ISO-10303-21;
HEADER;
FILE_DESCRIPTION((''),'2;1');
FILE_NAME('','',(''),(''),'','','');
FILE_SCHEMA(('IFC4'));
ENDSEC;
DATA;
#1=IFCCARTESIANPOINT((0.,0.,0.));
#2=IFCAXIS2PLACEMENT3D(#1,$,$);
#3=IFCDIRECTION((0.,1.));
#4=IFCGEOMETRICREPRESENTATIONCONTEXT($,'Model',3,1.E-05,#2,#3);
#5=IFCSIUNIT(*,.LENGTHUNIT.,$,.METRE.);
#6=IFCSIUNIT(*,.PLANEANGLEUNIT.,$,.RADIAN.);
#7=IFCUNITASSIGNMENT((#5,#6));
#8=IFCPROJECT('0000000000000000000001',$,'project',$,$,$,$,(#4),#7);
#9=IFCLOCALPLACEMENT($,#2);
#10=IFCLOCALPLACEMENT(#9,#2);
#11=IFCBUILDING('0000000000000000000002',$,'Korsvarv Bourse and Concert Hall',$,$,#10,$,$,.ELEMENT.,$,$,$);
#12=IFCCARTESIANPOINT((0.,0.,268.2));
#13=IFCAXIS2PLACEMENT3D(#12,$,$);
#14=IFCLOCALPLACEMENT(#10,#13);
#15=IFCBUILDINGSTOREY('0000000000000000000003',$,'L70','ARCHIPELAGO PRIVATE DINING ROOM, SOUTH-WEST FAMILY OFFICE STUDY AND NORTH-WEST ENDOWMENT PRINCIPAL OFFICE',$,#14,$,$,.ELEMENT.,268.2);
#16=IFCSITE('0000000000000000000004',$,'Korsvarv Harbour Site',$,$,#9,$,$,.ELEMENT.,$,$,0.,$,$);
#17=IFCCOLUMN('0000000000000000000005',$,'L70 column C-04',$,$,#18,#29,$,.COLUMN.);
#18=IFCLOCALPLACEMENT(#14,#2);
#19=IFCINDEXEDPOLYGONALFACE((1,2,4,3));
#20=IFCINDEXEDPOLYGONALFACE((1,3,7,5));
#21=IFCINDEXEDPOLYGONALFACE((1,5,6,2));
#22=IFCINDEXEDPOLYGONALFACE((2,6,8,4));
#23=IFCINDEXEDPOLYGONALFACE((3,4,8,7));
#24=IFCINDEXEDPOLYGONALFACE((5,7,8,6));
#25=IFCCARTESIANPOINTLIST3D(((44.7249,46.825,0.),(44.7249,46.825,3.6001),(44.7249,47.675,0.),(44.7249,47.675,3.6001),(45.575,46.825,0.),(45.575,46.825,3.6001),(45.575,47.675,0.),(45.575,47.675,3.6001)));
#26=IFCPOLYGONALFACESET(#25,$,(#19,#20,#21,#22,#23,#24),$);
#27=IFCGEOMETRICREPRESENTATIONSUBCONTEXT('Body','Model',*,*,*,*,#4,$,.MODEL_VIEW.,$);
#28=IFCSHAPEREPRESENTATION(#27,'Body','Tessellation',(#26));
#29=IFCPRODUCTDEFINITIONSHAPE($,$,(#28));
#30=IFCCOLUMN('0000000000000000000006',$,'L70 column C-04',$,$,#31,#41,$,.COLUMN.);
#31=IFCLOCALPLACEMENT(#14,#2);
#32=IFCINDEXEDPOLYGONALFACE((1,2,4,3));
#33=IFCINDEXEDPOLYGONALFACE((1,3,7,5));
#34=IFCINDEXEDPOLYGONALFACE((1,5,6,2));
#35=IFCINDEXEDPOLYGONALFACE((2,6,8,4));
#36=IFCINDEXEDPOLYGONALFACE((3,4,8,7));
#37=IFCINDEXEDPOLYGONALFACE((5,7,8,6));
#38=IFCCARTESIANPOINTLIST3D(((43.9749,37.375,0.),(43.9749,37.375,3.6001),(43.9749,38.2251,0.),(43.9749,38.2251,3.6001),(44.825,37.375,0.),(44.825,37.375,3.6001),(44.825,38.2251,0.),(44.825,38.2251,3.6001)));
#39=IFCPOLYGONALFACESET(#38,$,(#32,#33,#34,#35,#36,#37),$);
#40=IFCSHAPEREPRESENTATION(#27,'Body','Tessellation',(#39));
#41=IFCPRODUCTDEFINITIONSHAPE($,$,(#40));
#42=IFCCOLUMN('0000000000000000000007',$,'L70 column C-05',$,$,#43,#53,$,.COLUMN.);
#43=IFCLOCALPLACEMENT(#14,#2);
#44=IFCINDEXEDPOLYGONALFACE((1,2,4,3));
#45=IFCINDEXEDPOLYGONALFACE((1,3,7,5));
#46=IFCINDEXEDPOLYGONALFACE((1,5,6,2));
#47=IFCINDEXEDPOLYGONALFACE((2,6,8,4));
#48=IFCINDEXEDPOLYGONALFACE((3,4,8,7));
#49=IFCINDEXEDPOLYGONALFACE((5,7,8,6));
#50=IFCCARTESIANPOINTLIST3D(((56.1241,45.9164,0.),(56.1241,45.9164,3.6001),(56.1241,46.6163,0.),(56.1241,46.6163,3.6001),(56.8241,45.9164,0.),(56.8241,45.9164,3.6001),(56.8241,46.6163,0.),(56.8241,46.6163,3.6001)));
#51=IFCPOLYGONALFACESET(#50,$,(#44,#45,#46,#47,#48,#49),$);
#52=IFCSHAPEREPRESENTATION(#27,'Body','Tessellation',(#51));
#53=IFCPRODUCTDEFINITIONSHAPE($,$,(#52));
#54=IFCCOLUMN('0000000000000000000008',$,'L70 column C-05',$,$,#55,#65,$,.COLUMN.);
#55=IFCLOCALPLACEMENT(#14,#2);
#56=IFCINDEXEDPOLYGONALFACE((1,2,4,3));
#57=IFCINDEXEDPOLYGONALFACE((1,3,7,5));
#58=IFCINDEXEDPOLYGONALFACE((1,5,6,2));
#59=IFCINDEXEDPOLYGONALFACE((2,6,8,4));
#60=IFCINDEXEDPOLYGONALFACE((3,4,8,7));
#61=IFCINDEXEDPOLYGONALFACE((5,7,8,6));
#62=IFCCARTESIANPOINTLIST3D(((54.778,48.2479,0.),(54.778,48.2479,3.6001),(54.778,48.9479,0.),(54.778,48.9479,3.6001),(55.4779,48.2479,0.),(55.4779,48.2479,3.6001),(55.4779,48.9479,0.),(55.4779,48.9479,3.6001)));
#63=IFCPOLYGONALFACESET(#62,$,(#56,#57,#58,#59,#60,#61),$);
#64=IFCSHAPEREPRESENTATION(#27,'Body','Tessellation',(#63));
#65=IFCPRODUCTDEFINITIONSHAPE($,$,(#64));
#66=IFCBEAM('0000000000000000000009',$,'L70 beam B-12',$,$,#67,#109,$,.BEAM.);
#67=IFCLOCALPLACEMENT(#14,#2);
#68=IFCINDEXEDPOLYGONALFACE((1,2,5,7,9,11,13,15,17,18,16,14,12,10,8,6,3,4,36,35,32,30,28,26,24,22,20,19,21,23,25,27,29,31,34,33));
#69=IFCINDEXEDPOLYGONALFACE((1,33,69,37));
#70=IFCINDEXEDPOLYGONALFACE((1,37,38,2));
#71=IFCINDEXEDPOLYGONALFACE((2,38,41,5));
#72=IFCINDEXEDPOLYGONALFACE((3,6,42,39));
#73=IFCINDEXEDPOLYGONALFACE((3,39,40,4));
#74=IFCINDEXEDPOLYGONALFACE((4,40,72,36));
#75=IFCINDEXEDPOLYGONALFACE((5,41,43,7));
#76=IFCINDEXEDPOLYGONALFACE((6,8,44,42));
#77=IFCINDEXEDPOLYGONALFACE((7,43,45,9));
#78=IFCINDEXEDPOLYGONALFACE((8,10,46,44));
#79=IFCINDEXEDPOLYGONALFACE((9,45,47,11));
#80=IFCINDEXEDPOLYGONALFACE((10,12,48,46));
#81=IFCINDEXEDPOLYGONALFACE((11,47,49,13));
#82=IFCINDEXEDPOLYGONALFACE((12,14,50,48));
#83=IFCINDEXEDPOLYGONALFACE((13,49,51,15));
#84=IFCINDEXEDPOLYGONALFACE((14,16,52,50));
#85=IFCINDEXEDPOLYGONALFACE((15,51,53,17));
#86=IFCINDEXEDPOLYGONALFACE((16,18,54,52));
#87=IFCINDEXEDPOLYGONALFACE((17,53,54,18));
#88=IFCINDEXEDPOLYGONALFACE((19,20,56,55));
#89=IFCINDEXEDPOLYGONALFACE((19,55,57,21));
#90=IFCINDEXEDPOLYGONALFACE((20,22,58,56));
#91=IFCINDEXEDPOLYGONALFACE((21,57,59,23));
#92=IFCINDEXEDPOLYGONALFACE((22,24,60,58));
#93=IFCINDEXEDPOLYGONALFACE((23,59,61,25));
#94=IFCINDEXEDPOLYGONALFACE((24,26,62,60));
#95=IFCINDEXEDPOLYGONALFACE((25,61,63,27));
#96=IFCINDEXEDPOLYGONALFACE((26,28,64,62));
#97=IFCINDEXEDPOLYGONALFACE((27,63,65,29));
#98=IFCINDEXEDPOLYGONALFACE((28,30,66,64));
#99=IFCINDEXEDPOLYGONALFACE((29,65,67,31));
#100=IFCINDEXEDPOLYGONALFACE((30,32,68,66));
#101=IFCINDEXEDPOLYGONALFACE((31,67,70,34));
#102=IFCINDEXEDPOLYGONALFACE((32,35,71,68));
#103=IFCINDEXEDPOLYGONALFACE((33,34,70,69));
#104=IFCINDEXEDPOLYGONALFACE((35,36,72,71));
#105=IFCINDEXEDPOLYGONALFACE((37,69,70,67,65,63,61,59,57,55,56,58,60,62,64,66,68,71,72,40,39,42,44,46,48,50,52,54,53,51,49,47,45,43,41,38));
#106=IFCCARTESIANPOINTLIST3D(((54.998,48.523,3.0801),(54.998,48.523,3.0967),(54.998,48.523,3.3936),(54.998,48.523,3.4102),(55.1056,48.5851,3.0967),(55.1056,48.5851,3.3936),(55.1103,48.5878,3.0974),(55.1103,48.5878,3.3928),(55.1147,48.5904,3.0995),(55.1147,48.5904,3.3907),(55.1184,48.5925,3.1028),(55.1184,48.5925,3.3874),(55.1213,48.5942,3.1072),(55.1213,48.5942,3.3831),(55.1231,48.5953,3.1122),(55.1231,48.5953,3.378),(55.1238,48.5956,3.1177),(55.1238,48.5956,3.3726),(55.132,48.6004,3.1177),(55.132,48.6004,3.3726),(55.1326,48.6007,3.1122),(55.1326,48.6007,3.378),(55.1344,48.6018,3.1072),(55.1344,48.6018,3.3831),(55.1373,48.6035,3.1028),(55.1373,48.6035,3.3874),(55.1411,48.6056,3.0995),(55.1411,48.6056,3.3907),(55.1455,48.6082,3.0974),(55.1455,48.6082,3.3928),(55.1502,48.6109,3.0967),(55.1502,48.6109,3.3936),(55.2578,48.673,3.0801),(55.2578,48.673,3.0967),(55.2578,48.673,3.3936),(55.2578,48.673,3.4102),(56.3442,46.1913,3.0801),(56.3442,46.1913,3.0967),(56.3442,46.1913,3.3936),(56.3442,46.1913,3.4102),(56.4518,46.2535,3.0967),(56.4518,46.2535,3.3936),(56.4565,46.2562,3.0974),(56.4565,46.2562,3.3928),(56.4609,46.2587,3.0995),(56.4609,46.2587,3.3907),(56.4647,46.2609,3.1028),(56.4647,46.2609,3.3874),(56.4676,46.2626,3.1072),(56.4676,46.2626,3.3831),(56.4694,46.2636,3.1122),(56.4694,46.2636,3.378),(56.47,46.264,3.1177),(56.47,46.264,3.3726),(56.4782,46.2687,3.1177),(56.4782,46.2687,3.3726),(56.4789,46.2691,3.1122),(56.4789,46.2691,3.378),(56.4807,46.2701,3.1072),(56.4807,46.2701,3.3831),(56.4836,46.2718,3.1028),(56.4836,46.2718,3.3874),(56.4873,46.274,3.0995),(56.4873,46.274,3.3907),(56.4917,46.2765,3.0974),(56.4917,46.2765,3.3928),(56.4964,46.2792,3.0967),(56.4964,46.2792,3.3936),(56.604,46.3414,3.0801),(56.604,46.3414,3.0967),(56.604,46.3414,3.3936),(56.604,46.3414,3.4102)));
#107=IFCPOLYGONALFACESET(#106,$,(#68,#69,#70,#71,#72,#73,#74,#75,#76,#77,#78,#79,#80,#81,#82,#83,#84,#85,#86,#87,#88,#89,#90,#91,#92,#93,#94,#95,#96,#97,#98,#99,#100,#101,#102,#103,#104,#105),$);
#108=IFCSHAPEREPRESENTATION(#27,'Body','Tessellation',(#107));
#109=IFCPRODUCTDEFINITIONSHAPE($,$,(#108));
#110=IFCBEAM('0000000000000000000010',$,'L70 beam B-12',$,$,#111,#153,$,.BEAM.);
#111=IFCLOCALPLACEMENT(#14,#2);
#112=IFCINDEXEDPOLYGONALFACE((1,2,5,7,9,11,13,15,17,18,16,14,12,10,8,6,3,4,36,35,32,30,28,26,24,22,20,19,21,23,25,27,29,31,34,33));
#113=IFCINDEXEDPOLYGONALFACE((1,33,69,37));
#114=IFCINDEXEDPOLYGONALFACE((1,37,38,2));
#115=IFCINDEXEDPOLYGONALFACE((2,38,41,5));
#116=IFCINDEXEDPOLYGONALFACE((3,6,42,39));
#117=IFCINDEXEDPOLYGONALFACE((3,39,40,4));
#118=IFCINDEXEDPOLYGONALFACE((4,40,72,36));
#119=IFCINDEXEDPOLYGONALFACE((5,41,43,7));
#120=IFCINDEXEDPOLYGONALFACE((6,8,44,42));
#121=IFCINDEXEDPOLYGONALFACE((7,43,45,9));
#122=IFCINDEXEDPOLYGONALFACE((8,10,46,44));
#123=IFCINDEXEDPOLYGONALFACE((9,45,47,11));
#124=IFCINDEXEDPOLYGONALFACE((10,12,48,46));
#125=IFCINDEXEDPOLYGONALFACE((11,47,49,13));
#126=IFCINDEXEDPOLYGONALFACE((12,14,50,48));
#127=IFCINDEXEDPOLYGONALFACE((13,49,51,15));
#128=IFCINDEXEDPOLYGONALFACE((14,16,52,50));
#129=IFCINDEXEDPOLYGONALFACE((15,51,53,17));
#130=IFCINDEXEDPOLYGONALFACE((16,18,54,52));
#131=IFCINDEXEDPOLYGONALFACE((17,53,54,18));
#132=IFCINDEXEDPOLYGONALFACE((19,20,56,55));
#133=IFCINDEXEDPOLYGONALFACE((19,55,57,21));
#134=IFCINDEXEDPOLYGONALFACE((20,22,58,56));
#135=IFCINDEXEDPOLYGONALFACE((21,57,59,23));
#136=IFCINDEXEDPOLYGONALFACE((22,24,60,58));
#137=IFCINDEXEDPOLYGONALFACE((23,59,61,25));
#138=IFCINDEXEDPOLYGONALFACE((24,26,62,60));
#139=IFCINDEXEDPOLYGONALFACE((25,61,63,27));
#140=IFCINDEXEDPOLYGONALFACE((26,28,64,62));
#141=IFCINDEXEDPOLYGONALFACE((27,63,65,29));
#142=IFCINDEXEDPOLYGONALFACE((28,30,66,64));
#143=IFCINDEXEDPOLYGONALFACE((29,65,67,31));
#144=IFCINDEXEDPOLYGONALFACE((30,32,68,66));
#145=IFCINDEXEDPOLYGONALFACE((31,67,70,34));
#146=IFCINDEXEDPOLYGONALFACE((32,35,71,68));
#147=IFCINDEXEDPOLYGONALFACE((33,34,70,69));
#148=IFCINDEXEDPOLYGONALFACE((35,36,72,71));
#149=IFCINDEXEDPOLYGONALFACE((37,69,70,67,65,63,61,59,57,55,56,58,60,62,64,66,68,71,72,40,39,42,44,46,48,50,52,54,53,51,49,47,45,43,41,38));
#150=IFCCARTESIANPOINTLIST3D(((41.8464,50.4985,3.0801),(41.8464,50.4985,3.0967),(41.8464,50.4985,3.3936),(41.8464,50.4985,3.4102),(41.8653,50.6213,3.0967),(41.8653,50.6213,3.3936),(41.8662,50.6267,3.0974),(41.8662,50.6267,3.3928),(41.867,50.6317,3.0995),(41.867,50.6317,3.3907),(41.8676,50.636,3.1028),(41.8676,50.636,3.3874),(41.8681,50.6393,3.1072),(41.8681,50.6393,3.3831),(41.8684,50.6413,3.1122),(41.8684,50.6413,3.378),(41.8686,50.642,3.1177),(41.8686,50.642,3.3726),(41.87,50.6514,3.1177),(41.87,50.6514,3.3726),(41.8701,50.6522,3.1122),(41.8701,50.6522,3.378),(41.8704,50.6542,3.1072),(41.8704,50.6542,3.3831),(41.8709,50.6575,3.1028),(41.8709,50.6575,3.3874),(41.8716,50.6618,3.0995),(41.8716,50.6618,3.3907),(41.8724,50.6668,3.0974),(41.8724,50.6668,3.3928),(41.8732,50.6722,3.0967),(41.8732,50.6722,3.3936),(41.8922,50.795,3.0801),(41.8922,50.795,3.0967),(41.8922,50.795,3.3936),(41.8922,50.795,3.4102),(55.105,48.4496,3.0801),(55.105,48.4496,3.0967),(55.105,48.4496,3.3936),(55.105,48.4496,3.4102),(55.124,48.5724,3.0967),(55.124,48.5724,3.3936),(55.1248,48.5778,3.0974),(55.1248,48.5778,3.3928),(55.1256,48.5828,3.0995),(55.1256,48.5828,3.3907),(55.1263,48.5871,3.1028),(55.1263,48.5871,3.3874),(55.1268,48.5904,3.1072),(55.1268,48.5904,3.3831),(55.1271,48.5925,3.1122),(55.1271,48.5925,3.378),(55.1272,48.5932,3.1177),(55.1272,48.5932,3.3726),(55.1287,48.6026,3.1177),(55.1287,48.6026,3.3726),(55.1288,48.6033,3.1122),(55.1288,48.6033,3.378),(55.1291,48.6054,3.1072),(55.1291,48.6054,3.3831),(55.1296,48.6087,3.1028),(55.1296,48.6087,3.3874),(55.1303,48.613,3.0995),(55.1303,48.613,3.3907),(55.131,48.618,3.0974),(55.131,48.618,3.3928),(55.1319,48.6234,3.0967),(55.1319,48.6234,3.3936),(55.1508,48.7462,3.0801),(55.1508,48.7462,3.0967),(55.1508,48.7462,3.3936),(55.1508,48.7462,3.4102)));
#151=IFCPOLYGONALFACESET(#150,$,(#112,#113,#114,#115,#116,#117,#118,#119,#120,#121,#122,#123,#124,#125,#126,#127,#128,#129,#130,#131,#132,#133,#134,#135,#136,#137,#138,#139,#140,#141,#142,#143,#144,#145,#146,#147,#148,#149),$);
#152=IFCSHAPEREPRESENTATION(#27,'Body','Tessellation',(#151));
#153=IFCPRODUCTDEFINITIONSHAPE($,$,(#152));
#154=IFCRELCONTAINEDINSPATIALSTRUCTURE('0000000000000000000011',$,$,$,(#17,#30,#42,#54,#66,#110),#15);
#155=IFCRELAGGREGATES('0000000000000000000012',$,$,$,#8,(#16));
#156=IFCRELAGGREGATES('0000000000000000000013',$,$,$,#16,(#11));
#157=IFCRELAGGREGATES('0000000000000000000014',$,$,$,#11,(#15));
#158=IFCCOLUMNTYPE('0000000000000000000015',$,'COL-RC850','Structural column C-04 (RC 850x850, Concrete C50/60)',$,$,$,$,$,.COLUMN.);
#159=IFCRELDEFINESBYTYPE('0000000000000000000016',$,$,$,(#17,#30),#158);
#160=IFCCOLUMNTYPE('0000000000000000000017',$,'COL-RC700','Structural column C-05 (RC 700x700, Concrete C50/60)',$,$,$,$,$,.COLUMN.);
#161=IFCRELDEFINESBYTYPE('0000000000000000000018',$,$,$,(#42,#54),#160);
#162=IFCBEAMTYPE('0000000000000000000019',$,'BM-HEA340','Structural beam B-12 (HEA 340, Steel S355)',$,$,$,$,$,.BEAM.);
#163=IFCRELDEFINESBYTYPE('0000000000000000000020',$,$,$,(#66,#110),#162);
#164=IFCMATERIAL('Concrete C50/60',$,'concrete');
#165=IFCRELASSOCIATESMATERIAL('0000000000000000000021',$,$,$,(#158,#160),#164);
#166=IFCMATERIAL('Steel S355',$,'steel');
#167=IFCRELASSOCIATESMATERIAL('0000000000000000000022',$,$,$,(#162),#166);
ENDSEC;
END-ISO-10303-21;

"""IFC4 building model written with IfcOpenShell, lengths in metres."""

from ifc_helpers import new_model, si_unit, direction, frame, origin, origin_2d, place, context, subcontext, project, spatial, rectangle, i_section, extrude, source, transform, mapped, material, material_profile, profile_set, type_object, element, save


model = new_model("IFC4")

# Units and contexts
model_context = context("Model", 3, precision=1e-05, world=origin(), true_north=direction((0.0, 1.0)))
body_context = subcontext(model_context, "Body", "Model", "MODEL_VIEW")
ifc_project = project(units=[si_unit("LENGTHUNIT", "METRE"), si_unit("PLANEANGLEUNIT", "RADIAN")], contexts=[model_context])

# Site, building, storey
site_placement = place(None, origin())
site = spatial("IfcSite", under=ifc_project, at=site_placement, Name="Korsvarv Harbour Site", CompositionType="ELEMENT", RefElevation=0.0)
building_placement = place(site_placement, origin())
building = spatial("IfcBuilding", under=site, at=building_placement, Name="Korsvarv Bourse and Concert Hall", CompositionType="ELEMENT")
storey_placement = place(building_placement, frame((0.0, 0.0, 268.2)))
storey = spatial("IfcBuildingStorey", under=building, at=storey_placement, Name="L70", Description="ARCHIPELAGO PRIVATE DINING ROOM, SOUTH-WEST FAMILY OFFICE STUDY AND NORTH-WEST ENDOWMENT PRINCIPAL OFFICE", CompositionType="ELEMENT", Elevation=268.2)

# Columns
ifc_material_1 = material(Name="Concrete C50/60", Category="concrete")
ifc_material_profile_1 = material_profile(ifc_material_1, rectangle(XDim=0.8501, YDim=0.8501, at=origin_2d()), Name="RC 850x850")
ifc_profile_set_1 = profile_set([ifc_material_profile_1], Name="Concrete C50/60")
column_type_1 = type_object("IfcColumnType", Name="COL-RC850", Description="Structural column C-04 (RC 850x850, Concrete C50/60)", PredefinedType="COLUMN", material=ifc_profile_set_1)
shared_shape_1 = source(origin(), body_context, "Body", "SweptSolid", [
    extrude(rectangle(XDim=0.8501, YDim=0.8501, at=origin_2d()), origin(), (0.0, 0.0, 1.0), 3.6001),
])
for number, where, z_axis, x_axis, name in (
    (1, (45.1499, 47.25, 0.0), (0.0, 0.0, 1.0), (1.0, 0.0, 0.0), "L70 column C-04"),
    (2, (44.3999, 37.8, 0.0), (0.0, 0.0, 1.0), (1.0, 0.0, 0.0), "L70 column C-04"),
):
    element("IfcColumn", number, at=place(storey_placement, frame(where, z_axis=z_axis, x_axis=x_axis)), inside=storey, type_object=column_type_1, Name=name, PredefinedType="COLUMN", context=body_context, shape_type="MappedRepresentation", body=[
        mapped(shared_shape_1, transform((0.0, 0.0, 0.0), scale=1.0)),
    ])
ifc_material_profile_2 = material_profile(ifc_material_1, rectangle(XDim=0.7, YDim=0.7, at=origin_2d()), Name="RC 700x700")
ifc_profile_set_2 = profile_set([ifc_material_profile_2], Name="Concrete C50/60")
column_type_2 = type_object("IfcColumnType", Name="COL-RC700", Description="Structural column C-05 (RC 700x700, Concrete C50/60)", PredefinedType="COLUMN", material=ifc_profile_set_2)
shared_shape_2 = source(origin(), body_context, "Body", "SweptSolid", [
    extrude(rectangle(XDim=0.7, YDim=0.7, at=origin_2d()), origin(), (0.0, 0.0, 1.0), 3.6001),
])
for number, where, z_axis, x_axis, name in (
    (3, (56.4741, 46.2664, 0.0), (0.0, 0.0, 1.0), (1.0, 0.0, 0.0), "L70 column C-05"),
    (4, (55.1279, 48.5979, 0.0), (0.0, 0.0, 1.0), (1.0, 0.0, 0.0), "L70 column C-05"),
):
    element("IfcColumn", number, at=place(storey_placement, frame(where, z_axis=z_axis, x_axis=x_axis)), inside=storey, type_object=column_type_2, Name=name, PredefinedType="COLUMN", context=body_context, shape_type="MappedRepresentation", body=[
        mapped(shared_shape_2, transform((0.0, 0.0, 0.0), scale=1.0)),
    ])

# Beams
ifc_material_2 = material(Name="Steel S355", Category="steel")
ifc_material_profile_3 = material_profile(ifc_material_2, i_section(OverallWidth=0.3, OverallDepth=0.3301, WebThickness=0.0095, FlangeThickness=0.0166, FilletRadius=0.021, at=origin_2d()), Name="HEA 340")
ifc_profile_set_3 = profile_set([ifc_material_profile_3], Name="Steel S355")
beam_type_1 = type_object("IfcBeamType", Name="BM-HEA340", Description="Structural beam B-12 (HEA 340, Steel S355)", PredefinedType="BEAM", material=ifc_profile_set_3)
shared_shape_3 = source(origin(), body_context, "Body", "SweptSolid", [
    extrude(i_section(OverallWidth=0.3, OverallDepth=0.3301, WebThickness=0.0095, FlangeThickness=0.0166, FilletRadius=0.021, at=origin_2d()), origin(), (0.0, 0.0, 1.0), 2.6924),
])
beam_1_placement = place(storey_placement, frame((56.4741, 46.2664, 3.2451), z_axis=(-0.500021, 0.866013, 0.0), x_axis=(-0.866013, -0.500021, 0.0)))
element("IfcBeam", 5, at=beam_1_placement, inside=storey, type_object=beam_type_1, Name="L70 beam B-12", PredefinedType="BEAM", context=body_context, shape_type="MappedRepresentation", body=[
    mapped(shared_shape_3, transform((0.0, 0.0, 0.0), scale=1.0)),
])
shared_shape_4 = source(origin(), body_context, "Body", "SweptSolid", [
    extrude(i_section(OverallWidth=0.3, OverallDepth=0.3301, WebThickness=0.0095, FlangeThickness=0.0166, FilletRadius=0.021, at=origin_2d()), origin(), (0.0, 0.0, 1.0), 13.416),
])
beam_2_placement = place(storey_placement, frame((55.1279, 48.5979, 3.2451), z_axis=(-0.98827, 0.152716, 0.0), x_axis=(-0.152716, -0.98827, 0.0)))
element("IfcBeam", 6, at=beam_2_placement, inside=storey, type_object=beam_type_1, Name="L70 beam B-12", PredefinedType="BEAM", context=body_context, shape_type="MappedRepresentation", body=[
    mapped(shared_shape_4, transform((0.0, 0.0, 0.0), scale=1.0)),
])

save(model, "model.ifc")
